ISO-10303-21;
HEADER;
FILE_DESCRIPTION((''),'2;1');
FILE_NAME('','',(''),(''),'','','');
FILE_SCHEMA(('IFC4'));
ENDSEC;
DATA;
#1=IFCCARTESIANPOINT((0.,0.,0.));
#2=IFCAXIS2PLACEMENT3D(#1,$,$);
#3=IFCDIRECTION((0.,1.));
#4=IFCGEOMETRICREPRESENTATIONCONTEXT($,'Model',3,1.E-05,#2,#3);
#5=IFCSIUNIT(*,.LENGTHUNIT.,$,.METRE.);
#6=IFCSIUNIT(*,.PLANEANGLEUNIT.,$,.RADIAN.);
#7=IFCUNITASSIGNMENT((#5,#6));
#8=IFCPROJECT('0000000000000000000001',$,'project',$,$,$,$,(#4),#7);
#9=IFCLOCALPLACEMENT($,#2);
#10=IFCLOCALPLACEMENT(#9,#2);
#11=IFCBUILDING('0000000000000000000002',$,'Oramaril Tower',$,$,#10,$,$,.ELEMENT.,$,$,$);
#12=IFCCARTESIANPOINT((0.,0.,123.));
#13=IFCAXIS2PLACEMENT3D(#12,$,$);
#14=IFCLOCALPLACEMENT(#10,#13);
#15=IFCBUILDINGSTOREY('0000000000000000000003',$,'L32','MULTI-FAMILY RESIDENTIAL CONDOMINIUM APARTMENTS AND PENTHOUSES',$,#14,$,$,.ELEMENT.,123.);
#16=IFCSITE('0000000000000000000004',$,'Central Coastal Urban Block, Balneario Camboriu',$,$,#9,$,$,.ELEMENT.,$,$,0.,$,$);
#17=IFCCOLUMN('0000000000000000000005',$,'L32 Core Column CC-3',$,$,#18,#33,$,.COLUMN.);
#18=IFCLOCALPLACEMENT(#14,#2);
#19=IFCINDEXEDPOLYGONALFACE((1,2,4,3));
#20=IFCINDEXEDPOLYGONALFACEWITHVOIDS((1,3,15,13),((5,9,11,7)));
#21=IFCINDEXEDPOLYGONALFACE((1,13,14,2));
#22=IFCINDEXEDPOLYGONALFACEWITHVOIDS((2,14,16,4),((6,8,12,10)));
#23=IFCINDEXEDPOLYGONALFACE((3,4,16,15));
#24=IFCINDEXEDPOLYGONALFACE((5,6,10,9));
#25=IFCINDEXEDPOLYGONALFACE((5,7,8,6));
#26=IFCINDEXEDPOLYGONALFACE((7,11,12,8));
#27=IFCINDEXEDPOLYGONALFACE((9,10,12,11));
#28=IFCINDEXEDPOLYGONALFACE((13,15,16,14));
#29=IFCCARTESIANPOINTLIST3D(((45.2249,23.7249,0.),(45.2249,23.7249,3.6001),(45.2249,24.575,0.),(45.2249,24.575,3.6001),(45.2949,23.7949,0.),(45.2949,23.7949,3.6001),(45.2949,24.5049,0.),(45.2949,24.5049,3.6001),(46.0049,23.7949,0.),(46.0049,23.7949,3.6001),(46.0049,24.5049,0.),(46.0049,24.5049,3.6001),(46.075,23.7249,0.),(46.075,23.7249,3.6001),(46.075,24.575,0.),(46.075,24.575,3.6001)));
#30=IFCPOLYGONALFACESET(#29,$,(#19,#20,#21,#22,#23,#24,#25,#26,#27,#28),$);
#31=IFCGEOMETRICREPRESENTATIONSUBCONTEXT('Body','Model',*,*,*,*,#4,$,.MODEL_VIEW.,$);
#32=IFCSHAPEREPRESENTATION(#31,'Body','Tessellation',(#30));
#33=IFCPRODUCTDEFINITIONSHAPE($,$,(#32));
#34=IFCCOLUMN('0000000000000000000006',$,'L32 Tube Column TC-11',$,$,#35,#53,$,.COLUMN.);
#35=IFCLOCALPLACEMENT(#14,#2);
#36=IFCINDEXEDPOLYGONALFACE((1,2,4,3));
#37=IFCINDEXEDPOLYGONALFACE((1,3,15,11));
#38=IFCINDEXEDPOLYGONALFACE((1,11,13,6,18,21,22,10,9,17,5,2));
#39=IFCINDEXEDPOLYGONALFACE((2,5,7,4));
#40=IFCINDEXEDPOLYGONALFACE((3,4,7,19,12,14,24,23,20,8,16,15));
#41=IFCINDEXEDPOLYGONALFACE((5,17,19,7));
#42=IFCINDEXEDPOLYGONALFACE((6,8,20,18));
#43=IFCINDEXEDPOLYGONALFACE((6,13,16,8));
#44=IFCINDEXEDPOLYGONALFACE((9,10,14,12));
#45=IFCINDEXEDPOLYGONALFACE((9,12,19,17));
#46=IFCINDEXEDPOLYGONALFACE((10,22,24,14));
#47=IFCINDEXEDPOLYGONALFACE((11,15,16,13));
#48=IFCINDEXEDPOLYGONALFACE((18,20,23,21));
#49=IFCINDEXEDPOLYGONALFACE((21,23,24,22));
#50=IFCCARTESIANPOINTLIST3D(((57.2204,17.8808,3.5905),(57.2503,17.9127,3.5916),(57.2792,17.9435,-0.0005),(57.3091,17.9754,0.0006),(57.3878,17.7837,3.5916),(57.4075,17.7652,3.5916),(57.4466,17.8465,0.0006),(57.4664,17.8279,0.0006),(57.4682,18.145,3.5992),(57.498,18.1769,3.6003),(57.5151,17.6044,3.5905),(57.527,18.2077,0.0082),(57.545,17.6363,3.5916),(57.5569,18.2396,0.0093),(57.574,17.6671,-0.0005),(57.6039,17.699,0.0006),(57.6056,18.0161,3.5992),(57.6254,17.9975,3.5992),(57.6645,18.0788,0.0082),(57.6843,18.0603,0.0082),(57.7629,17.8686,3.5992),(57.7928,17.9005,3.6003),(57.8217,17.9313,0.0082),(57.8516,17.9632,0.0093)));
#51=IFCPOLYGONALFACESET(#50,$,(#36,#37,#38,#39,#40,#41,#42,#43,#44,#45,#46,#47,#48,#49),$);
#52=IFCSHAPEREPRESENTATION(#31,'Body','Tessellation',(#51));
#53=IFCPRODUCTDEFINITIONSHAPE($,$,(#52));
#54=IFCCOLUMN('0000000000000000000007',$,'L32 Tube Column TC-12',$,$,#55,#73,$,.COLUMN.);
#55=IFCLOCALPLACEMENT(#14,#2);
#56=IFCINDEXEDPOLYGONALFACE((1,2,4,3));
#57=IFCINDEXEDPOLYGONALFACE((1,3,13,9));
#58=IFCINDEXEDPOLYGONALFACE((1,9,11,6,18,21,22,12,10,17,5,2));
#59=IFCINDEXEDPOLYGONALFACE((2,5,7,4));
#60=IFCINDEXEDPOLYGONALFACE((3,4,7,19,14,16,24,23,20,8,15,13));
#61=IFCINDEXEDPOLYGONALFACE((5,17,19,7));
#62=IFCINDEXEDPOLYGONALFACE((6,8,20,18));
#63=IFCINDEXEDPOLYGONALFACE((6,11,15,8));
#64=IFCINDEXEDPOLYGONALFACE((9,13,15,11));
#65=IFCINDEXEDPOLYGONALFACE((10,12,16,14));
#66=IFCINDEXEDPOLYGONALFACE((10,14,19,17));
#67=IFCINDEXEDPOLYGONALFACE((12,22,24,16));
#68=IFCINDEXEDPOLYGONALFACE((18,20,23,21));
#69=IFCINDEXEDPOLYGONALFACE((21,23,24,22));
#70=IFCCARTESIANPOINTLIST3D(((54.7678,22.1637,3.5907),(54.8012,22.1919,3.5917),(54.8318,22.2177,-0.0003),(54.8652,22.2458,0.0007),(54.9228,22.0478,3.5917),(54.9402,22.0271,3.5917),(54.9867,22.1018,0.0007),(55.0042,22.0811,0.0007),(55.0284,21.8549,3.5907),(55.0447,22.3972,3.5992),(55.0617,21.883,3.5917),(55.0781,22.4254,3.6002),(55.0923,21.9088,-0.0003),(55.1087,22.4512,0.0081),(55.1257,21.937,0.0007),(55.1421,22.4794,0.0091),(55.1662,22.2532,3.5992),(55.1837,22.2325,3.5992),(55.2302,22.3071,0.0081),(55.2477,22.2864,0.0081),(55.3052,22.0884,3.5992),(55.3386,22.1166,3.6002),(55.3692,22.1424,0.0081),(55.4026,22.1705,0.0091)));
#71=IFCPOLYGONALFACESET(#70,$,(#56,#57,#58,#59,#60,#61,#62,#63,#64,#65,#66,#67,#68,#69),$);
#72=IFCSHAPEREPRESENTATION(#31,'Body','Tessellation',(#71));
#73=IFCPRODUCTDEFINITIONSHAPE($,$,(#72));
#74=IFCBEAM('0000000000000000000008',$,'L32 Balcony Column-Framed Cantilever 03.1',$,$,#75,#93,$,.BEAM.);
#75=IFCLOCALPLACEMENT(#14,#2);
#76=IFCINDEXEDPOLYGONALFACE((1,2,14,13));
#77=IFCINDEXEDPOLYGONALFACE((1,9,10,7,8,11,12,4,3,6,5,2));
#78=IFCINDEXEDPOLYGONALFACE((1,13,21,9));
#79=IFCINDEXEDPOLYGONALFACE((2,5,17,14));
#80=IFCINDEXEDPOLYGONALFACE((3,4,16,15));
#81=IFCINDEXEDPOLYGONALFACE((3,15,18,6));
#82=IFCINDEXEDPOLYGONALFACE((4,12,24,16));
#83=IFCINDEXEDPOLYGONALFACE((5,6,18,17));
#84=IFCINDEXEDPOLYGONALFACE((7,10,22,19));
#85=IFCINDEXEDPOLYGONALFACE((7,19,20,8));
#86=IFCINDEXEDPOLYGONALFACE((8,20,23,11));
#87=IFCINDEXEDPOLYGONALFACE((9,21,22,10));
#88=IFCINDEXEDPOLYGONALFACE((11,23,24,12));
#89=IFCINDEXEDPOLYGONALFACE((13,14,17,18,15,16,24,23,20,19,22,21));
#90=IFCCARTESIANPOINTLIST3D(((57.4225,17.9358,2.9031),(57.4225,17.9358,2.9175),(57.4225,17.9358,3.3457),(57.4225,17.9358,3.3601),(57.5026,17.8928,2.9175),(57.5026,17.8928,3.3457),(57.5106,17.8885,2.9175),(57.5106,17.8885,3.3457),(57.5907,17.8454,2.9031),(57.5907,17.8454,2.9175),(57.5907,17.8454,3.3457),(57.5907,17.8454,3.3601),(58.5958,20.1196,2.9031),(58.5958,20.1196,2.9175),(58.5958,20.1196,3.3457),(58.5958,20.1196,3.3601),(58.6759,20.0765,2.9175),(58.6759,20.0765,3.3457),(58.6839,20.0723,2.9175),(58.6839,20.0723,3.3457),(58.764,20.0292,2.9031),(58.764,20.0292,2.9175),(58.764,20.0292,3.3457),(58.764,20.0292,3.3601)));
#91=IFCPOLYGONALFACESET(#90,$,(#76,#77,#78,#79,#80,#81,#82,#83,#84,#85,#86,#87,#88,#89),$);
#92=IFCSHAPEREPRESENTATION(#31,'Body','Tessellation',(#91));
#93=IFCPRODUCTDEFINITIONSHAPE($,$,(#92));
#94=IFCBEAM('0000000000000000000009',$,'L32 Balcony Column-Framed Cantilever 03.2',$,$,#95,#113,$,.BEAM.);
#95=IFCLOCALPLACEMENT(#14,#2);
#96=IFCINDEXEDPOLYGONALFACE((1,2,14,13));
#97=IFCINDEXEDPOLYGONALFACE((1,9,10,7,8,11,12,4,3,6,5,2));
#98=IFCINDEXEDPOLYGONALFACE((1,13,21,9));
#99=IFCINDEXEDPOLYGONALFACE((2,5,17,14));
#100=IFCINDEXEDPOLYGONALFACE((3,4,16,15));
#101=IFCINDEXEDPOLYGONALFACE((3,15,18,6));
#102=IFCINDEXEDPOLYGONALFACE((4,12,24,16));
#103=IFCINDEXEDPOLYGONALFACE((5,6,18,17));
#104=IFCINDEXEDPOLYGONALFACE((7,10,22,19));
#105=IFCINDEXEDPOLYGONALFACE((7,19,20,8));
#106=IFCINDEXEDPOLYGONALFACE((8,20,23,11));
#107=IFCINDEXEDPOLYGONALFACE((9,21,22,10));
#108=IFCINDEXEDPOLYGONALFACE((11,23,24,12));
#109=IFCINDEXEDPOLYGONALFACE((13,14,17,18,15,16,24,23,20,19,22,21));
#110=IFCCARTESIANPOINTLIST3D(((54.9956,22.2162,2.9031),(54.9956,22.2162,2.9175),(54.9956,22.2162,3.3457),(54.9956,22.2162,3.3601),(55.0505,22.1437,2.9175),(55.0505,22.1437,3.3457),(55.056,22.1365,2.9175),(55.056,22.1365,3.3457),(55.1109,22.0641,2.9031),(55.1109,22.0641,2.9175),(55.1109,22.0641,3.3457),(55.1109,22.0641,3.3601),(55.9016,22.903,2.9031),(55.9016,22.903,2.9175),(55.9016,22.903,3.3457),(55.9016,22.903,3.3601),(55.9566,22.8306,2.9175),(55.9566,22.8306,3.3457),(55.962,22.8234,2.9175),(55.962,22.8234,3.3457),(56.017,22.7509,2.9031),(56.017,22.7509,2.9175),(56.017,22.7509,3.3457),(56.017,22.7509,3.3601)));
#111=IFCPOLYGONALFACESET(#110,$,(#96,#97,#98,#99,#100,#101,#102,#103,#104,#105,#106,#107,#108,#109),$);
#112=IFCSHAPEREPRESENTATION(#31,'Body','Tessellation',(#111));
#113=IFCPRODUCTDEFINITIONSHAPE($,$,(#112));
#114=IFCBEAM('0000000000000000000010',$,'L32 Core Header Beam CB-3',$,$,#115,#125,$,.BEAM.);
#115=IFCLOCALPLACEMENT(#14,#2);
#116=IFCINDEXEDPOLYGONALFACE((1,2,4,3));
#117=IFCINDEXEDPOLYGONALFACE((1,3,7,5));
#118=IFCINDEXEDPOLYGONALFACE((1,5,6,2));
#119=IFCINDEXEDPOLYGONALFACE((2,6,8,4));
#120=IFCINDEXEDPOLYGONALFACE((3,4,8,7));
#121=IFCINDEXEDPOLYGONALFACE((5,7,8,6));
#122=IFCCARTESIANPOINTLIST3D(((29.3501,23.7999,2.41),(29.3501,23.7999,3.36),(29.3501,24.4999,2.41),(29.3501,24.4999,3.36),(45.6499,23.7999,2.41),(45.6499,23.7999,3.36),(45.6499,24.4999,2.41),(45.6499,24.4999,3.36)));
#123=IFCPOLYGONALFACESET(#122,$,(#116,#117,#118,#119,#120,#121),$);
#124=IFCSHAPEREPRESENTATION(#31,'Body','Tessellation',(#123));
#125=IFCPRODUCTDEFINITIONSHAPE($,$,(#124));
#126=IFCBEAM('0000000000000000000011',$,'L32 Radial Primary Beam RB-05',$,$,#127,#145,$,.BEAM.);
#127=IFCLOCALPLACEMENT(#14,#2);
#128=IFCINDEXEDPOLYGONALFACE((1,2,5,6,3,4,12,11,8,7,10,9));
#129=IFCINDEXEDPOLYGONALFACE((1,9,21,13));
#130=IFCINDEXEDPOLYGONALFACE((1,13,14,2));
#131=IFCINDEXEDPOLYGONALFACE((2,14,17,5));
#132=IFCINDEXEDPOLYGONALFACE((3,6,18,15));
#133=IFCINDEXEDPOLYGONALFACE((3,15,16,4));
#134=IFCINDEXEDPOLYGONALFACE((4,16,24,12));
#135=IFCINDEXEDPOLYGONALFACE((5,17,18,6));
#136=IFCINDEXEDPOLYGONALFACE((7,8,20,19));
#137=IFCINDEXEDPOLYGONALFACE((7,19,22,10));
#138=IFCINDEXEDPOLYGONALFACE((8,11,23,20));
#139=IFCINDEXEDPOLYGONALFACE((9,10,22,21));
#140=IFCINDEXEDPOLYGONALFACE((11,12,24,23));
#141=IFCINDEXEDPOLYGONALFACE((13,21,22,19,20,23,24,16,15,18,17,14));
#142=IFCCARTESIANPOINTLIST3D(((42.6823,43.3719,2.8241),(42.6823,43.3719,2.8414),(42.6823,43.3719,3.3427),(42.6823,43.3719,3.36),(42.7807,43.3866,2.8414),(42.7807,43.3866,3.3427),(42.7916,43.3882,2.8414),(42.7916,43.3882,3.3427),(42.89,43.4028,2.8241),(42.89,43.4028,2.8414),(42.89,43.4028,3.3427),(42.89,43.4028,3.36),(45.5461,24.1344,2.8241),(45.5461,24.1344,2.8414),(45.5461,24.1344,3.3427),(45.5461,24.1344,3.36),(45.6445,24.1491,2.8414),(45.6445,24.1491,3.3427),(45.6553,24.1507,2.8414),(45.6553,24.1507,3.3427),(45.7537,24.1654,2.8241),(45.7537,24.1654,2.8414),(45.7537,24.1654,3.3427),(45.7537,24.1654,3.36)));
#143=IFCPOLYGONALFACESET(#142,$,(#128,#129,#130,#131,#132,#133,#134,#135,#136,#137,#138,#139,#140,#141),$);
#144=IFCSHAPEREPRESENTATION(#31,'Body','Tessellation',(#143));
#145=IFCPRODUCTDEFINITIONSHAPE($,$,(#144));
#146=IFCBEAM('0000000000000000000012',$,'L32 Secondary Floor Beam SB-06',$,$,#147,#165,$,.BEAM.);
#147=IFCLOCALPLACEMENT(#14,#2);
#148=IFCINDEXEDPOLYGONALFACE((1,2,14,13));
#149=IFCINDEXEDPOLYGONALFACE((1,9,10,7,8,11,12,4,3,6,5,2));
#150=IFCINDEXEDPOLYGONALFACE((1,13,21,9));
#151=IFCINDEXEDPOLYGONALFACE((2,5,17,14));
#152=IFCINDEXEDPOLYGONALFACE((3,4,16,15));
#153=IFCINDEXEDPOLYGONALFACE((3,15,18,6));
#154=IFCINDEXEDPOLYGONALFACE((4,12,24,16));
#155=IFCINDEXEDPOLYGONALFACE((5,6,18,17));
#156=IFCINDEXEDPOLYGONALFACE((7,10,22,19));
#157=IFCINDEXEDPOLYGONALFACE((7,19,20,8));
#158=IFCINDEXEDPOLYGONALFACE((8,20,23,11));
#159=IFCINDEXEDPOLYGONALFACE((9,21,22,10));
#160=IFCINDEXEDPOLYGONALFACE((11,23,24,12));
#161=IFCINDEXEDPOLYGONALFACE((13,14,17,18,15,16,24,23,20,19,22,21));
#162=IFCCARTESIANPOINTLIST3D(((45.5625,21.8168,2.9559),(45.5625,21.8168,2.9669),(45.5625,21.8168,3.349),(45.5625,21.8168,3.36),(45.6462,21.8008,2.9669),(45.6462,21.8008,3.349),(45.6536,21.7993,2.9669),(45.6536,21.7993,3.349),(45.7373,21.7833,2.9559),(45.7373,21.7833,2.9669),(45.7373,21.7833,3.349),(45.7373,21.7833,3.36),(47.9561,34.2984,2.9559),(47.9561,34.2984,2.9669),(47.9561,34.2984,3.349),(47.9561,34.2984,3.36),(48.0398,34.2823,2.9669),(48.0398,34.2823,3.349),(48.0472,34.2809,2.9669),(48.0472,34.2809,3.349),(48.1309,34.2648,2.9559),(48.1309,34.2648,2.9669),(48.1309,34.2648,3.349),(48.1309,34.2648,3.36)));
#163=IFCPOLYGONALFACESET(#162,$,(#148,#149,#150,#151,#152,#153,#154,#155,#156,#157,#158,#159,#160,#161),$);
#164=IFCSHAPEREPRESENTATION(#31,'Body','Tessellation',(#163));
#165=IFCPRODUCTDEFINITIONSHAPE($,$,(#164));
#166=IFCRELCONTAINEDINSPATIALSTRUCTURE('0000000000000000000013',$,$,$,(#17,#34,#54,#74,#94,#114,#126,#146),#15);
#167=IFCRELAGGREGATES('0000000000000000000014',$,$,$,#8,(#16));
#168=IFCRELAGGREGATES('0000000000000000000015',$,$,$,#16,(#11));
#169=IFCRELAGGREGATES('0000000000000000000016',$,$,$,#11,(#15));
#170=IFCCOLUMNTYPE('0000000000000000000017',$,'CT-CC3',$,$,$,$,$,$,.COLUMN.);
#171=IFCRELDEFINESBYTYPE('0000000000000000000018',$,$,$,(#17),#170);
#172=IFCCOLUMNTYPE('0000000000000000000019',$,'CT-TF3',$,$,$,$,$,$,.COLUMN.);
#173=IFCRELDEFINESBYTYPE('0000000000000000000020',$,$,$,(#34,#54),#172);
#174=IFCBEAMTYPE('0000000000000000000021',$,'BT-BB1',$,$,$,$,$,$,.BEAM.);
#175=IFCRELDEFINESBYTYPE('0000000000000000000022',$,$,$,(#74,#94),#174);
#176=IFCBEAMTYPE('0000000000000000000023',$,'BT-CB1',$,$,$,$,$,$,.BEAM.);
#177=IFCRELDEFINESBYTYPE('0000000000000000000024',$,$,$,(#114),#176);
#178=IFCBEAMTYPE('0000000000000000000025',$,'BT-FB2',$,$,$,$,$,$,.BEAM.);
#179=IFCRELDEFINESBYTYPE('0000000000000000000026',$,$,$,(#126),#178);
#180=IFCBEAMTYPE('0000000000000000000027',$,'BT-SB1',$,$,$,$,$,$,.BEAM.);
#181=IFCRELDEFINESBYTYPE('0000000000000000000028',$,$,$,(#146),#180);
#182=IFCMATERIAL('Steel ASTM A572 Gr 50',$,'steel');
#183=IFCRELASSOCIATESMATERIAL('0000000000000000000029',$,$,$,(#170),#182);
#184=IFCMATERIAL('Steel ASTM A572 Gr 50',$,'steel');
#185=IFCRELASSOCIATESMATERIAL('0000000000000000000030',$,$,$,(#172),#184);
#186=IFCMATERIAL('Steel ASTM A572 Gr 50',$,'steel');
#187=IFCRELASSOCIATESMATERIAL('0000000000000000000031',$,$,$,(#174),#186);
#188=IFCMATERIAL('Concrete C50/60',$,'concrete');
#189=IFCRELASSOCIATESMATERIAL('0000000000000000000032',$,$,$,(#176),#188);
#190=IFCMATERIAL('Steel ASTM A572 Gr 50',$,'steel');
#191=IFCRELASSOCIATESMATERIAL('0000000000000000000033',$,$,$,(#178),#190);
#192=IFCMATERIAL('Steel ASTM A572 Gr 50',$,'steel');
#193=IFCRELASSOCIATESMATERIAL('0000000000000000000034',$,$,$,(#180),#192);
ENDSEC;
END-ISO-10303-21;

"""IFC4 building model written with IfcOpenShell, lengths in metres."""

from ifc_helpers import new_model, si_unit, direction, frame, origin, origin_2d, place, context, subcontext, project, spatial, rectangle, hollow_rectangle, i_section, extrude, material, material_profile, profile_set, type_object, element, save


model = new_model("IFC4")

# Units and contexts
model_context = context("Model", 3, precision=1e-05, world=origin(), true_north=direction((0.0, 1.0)))
body_context = subcontext(model_context, "Body", "Model", "MODEL_VIEW")
ifc_project = project(units=[si_unit("LENGTHUNIT", "METRE"), si_unit("PLANEANGLEUNIT", "RADIAN")], contexts=[model_context])

# Site, building, storey
site_placement = place(None, origin())
site = spatial("IfcSite", under=ifc_project, at=site_placement, Name="Central Coastal Urban Block, Balneario Camboriu", CompositionType="ELEMENT", RefElevation=0.0)
building_placement = place(site_placement, origin())
building = spatial("IfcBuilding", under=site, at=building_placement, Name="Oramaril Tower", CompositionType="ELEMENT")
storey_placement = place(building_placement, frame((0.0, 0.0, 123.0)))
storey = spatial("IfcBuildingStorey", under=building, at=storey_placement, Name="L32", Description="MULTI-FAMILY RESIDENTIAL CONDOMINIUM APARTMENTS AND PENTHOUSES", CompositionType="ELEMENT", Elevation=123.0)

# Columns
ifc_material_1 = material(Name="Steel ASTM A572 Gr 50", Category="steel")
ifc_material_profile_1 = material_profile(ifc_material_1, hollow_rectangle(XDim=0.8501, YDim=0.8501, WallThickness=0.0701, at=origin_2d()), Name="BOX850X850X70")
ifc_profile_set_1 = profile_set([ifc_material_profile_1], Name="Steel ASTM A572 Gr 50")
column_type_1 = type_object("IfcColumnType", Name="CT-CC3", PredefinedType="COLUMN", material=ifc_profile_set_1)
column_placement = place(storey_placement, frame((45.6499, 24.1499, 0.0), z_axis=(0.0, 0.0, 1.0), x_axis=(1.0, 0.0, 0.0)))
element("IfcColumn", 1, at=column_placement, inside=storey, type_object=column_type_1, Name="L32 Core Column CC-3", PredefinedType="COLUMN", context=body_context, shape_type="SweptSolid", body=[
    extrude(hollow_rectangle(XDim=0.8501, YDim=0.8501, WallThickness=0.0701, at=origin_2d()), origin(), (0.0, 0.0, 1.0), 3.6001),
])
ifc_material_2 = material(Name="Steel ASTM A572 Gr 50", Category="steel")
ifc_material_profile_2 = material_profile(ifc_material_2, i_section(OverallWidth=0.4041, OverallDepth=0.406, WebThickness=0.0271, FlangeThickness=0.0437, at=origin_2d()), Name="W14X233")
ifc_profile_set_2 = profile_set([ifc_material_profile_2], Name="Steel ASTM A572 Gr 50")
column_type_2 = type_object("IfcColumnType", Name="CT-TF3", PredefinedType="COLUMN", material=ifc_profile_set_2)
for number, where, z_axis, x_axis, name in (
    (2, (57.5654, 17.9534, 0.0044), (-0.01638, -0.017467, 0.999713), (0.729449, -0.684036, 0.0), "L32 Tube Column TC-11"),
    (3, (55.1172, 22.1941, 0.0044), (-0.017807, -0.015021, 0.999729), (0.644764, -0.764381, 0.0), "L32 Tube Column TC-12"),
):
    element("IfcColumn", number, at=place(storey_placement, frame(where, z_axis=z_axis, x_axis=x_axis)), inside=storey, type_object=column_type_2, Name=name, PredefinedType="COLUMN", context=body_context, shape_type="SweptSolid", body=[
        extrude(i_section(OverallWidth=0.4041, OverallDepth=0.406, WebThickness=0.0271, FlangeThickness=0.0437, at=origin_2d()), origin(), (0.0, 0.0, 1.0), 3.592),
    ])

# Beams
ifc_material_3 = material(Name="Steel ASTM A572 Gr 50", Category="steel")
ifc_material_profile_3 = material_profile(ifc_material_3, i_section(OverallWidth=0.1909, OverallDepth=0.457, WebThickness=0.009, FlangeThickness=0.0144, at=origin_2d()), Name="W18X50")
ifc_profile_set_3 = profile_set([ifc_material_profile_3], Name="Steel ASTM A572 Gr 50")
beam_type_1 = type_object("IfcBeamType", Name="BT-BB1", PredefinedType="BEAM", material=ifc_profile_set_3)
beam_1_placement = place(storey_placement, frame((57.5066, 17.8906, 3.1316), z_axis=(0.473295, 0.880904, 0.0), x_axis=(-0.880904, 0.473295, 0.0)))
element("IfcBeam", 4, at=beam_1_placement, inside=storey, type_object=beam_type_1, Name="L32 Balcony Column-Framed Cantilever 03.1", PredefinedType="BEAM", context=body_context, shape_type="SweptSolid", body=[
    extrude(i_section(OverallWidth=0.1909, OverallDepth=0.457, WebThickness=0.009, FlangeThickness=0.0144, at=origin_2d()), origin(), (0.0, 0.0, 1.0), 2.479),
])
beam_2_placement = place(storey_placement, frame((55.0532, 22.1401, 3.1316), z_axis=(0.796923, 0.604081, 0.0), x_axis=(-0.604081, 0.796923, 0.0)))
element("IfcBeam", 5, at=beam_2_placement, inside=storey, type_object=beam_type_1, Name="L32 Balcony Column-Framed Cantilever 03.2", PredefinedType="BEAM", context=body_context, shape_type="SweptSolid", body=[
    extrude(i_section(OverallWidth=0.1909, OverallDepth=0.457, WebThickness=0.009, FlangeThickness=0.0144, at=origin_2d()), origin(), (0.0, 0.0, 1.0), 1.137),
])
ifc_material_4 = material(Name="Concrete C50/60", Category="concrete")
ifc_material_profile_4 = material_profile(ifc_material_4, rectangle(XDim=0.7, YDim=0.95, at=origin_2d()), Name="CB700X950")
ifc_profile_set_4 = profile_set([ifc_material_profile_4], Name="Concrete C50/60")
beam_type_2 = type_object("IfcBeamType", Name="BT-CB1", PredefinedType="BEAM", material=ifc_profile_set_4)
beam_3_placement = place(storey_placement, frame((45.6499, 24.1499, 2.885), z_axis=(-1.0, 0.0, 0.0), x_axis=(0.0, -1.0, 0.0)))
element("IfcBeam", 6, at=beam_3_placement, inside=storey, type_object=beam_type_2, Name="L32 Core Header Beam CB-3", PredefinedType="BEAM", context=body_context, shape_type="SweptSolid", body=[
    extrude(rectangle(XDim=0.7, YDim=0.95, at=origin_2d()), origin(), (0.0, 0.0, 1.0), 16.2998),
])
ifc_material_5 = material(Name="Steel ASTM A572 Gr 50", Category="steel")
ifc_material_profile_5 = material_profile(ifc_material_5, i_section(OverallWidth=0.21, OverallDepth=0.5359, WebThickness=0.011, FlangeThickness=0.0173, at=origin_2d()), Name="W21X68")
ifc_profile_set_5 = profile_set([ifc_material_profile_5], Name="Steel ASTM A572 Gr 50")
beam_type_3 = type_object("IfcBeamType", Name="BT-FB2", PredefinedType="BEAM", material=ifc_profile_set_5)
beam_4_placement = place(storey_placement, frame((45.6499, 24.1499, 3.092), z_axis=(-0.147241, 0.989101, 0.0), x_axis=(-0.989101, -0.147241, 0.0)))
element("IfcBeam", 7, at=beam_4_placement, inside=storey, type_object=beam_type_3, Name="L32 Radial Primary Beam RB-05", PredefinedType="BEAM", context=body_context, shape_type="SweptSolid", body=[
    extrude(i_section(OverallWidth=0.21, OverallDepth=0.5359, WebThickness=0.011, FlangeThickness=0.0173, at=origin_2d()), origin(), (0.0, 0.0, 1.0), 19.4495),
])
ifc_material_6 = material(Name="Steel ASTM A572 Gr 50", Category="steel")
ifc_material_profile_6 = material_profile(ifc_material_6, i_section(OverallWidth=0.178, OverallDepth=0.4041, WebThickness=0.0076, FlangeThickness=0.011, at=origin_2d()), Name="W16X36")
ifc_profile_set_6 = profile_set([ifc_material_profile_6], Name="Steel ASTM A572 Gr 50")
beam_type_4 = type_object("IfcBeamType", Name="BT-SB1", PredefinedType="BEAM", material=ifc_profile_set_6)
beam_5_placement = place(storey_placement, frame((45.6499, 21.8, 3.158), z_axis=(0.188337, 0.982104, 0.0), x_axis=(-0.982104, 0.188337, 0.0)))
element("IfcBeam", 8, at=beam_5_placement, inside=storey, type_object=beam_type_4, Name="L32 Secondary Floor Beam SB-06", PredefinedType="BEAM", context=body_context, shape_type="SweptSolid", body=[
    extrude(i_section(OverallWidth=0.178, OverallDepth=0.4041, WebThickness=0.0076, FlangeThickness=0.011, at=origin_2d()), origin(), (0.0, 0.0, 1.0), 12.709),
])

save(model, "model.ifc")
